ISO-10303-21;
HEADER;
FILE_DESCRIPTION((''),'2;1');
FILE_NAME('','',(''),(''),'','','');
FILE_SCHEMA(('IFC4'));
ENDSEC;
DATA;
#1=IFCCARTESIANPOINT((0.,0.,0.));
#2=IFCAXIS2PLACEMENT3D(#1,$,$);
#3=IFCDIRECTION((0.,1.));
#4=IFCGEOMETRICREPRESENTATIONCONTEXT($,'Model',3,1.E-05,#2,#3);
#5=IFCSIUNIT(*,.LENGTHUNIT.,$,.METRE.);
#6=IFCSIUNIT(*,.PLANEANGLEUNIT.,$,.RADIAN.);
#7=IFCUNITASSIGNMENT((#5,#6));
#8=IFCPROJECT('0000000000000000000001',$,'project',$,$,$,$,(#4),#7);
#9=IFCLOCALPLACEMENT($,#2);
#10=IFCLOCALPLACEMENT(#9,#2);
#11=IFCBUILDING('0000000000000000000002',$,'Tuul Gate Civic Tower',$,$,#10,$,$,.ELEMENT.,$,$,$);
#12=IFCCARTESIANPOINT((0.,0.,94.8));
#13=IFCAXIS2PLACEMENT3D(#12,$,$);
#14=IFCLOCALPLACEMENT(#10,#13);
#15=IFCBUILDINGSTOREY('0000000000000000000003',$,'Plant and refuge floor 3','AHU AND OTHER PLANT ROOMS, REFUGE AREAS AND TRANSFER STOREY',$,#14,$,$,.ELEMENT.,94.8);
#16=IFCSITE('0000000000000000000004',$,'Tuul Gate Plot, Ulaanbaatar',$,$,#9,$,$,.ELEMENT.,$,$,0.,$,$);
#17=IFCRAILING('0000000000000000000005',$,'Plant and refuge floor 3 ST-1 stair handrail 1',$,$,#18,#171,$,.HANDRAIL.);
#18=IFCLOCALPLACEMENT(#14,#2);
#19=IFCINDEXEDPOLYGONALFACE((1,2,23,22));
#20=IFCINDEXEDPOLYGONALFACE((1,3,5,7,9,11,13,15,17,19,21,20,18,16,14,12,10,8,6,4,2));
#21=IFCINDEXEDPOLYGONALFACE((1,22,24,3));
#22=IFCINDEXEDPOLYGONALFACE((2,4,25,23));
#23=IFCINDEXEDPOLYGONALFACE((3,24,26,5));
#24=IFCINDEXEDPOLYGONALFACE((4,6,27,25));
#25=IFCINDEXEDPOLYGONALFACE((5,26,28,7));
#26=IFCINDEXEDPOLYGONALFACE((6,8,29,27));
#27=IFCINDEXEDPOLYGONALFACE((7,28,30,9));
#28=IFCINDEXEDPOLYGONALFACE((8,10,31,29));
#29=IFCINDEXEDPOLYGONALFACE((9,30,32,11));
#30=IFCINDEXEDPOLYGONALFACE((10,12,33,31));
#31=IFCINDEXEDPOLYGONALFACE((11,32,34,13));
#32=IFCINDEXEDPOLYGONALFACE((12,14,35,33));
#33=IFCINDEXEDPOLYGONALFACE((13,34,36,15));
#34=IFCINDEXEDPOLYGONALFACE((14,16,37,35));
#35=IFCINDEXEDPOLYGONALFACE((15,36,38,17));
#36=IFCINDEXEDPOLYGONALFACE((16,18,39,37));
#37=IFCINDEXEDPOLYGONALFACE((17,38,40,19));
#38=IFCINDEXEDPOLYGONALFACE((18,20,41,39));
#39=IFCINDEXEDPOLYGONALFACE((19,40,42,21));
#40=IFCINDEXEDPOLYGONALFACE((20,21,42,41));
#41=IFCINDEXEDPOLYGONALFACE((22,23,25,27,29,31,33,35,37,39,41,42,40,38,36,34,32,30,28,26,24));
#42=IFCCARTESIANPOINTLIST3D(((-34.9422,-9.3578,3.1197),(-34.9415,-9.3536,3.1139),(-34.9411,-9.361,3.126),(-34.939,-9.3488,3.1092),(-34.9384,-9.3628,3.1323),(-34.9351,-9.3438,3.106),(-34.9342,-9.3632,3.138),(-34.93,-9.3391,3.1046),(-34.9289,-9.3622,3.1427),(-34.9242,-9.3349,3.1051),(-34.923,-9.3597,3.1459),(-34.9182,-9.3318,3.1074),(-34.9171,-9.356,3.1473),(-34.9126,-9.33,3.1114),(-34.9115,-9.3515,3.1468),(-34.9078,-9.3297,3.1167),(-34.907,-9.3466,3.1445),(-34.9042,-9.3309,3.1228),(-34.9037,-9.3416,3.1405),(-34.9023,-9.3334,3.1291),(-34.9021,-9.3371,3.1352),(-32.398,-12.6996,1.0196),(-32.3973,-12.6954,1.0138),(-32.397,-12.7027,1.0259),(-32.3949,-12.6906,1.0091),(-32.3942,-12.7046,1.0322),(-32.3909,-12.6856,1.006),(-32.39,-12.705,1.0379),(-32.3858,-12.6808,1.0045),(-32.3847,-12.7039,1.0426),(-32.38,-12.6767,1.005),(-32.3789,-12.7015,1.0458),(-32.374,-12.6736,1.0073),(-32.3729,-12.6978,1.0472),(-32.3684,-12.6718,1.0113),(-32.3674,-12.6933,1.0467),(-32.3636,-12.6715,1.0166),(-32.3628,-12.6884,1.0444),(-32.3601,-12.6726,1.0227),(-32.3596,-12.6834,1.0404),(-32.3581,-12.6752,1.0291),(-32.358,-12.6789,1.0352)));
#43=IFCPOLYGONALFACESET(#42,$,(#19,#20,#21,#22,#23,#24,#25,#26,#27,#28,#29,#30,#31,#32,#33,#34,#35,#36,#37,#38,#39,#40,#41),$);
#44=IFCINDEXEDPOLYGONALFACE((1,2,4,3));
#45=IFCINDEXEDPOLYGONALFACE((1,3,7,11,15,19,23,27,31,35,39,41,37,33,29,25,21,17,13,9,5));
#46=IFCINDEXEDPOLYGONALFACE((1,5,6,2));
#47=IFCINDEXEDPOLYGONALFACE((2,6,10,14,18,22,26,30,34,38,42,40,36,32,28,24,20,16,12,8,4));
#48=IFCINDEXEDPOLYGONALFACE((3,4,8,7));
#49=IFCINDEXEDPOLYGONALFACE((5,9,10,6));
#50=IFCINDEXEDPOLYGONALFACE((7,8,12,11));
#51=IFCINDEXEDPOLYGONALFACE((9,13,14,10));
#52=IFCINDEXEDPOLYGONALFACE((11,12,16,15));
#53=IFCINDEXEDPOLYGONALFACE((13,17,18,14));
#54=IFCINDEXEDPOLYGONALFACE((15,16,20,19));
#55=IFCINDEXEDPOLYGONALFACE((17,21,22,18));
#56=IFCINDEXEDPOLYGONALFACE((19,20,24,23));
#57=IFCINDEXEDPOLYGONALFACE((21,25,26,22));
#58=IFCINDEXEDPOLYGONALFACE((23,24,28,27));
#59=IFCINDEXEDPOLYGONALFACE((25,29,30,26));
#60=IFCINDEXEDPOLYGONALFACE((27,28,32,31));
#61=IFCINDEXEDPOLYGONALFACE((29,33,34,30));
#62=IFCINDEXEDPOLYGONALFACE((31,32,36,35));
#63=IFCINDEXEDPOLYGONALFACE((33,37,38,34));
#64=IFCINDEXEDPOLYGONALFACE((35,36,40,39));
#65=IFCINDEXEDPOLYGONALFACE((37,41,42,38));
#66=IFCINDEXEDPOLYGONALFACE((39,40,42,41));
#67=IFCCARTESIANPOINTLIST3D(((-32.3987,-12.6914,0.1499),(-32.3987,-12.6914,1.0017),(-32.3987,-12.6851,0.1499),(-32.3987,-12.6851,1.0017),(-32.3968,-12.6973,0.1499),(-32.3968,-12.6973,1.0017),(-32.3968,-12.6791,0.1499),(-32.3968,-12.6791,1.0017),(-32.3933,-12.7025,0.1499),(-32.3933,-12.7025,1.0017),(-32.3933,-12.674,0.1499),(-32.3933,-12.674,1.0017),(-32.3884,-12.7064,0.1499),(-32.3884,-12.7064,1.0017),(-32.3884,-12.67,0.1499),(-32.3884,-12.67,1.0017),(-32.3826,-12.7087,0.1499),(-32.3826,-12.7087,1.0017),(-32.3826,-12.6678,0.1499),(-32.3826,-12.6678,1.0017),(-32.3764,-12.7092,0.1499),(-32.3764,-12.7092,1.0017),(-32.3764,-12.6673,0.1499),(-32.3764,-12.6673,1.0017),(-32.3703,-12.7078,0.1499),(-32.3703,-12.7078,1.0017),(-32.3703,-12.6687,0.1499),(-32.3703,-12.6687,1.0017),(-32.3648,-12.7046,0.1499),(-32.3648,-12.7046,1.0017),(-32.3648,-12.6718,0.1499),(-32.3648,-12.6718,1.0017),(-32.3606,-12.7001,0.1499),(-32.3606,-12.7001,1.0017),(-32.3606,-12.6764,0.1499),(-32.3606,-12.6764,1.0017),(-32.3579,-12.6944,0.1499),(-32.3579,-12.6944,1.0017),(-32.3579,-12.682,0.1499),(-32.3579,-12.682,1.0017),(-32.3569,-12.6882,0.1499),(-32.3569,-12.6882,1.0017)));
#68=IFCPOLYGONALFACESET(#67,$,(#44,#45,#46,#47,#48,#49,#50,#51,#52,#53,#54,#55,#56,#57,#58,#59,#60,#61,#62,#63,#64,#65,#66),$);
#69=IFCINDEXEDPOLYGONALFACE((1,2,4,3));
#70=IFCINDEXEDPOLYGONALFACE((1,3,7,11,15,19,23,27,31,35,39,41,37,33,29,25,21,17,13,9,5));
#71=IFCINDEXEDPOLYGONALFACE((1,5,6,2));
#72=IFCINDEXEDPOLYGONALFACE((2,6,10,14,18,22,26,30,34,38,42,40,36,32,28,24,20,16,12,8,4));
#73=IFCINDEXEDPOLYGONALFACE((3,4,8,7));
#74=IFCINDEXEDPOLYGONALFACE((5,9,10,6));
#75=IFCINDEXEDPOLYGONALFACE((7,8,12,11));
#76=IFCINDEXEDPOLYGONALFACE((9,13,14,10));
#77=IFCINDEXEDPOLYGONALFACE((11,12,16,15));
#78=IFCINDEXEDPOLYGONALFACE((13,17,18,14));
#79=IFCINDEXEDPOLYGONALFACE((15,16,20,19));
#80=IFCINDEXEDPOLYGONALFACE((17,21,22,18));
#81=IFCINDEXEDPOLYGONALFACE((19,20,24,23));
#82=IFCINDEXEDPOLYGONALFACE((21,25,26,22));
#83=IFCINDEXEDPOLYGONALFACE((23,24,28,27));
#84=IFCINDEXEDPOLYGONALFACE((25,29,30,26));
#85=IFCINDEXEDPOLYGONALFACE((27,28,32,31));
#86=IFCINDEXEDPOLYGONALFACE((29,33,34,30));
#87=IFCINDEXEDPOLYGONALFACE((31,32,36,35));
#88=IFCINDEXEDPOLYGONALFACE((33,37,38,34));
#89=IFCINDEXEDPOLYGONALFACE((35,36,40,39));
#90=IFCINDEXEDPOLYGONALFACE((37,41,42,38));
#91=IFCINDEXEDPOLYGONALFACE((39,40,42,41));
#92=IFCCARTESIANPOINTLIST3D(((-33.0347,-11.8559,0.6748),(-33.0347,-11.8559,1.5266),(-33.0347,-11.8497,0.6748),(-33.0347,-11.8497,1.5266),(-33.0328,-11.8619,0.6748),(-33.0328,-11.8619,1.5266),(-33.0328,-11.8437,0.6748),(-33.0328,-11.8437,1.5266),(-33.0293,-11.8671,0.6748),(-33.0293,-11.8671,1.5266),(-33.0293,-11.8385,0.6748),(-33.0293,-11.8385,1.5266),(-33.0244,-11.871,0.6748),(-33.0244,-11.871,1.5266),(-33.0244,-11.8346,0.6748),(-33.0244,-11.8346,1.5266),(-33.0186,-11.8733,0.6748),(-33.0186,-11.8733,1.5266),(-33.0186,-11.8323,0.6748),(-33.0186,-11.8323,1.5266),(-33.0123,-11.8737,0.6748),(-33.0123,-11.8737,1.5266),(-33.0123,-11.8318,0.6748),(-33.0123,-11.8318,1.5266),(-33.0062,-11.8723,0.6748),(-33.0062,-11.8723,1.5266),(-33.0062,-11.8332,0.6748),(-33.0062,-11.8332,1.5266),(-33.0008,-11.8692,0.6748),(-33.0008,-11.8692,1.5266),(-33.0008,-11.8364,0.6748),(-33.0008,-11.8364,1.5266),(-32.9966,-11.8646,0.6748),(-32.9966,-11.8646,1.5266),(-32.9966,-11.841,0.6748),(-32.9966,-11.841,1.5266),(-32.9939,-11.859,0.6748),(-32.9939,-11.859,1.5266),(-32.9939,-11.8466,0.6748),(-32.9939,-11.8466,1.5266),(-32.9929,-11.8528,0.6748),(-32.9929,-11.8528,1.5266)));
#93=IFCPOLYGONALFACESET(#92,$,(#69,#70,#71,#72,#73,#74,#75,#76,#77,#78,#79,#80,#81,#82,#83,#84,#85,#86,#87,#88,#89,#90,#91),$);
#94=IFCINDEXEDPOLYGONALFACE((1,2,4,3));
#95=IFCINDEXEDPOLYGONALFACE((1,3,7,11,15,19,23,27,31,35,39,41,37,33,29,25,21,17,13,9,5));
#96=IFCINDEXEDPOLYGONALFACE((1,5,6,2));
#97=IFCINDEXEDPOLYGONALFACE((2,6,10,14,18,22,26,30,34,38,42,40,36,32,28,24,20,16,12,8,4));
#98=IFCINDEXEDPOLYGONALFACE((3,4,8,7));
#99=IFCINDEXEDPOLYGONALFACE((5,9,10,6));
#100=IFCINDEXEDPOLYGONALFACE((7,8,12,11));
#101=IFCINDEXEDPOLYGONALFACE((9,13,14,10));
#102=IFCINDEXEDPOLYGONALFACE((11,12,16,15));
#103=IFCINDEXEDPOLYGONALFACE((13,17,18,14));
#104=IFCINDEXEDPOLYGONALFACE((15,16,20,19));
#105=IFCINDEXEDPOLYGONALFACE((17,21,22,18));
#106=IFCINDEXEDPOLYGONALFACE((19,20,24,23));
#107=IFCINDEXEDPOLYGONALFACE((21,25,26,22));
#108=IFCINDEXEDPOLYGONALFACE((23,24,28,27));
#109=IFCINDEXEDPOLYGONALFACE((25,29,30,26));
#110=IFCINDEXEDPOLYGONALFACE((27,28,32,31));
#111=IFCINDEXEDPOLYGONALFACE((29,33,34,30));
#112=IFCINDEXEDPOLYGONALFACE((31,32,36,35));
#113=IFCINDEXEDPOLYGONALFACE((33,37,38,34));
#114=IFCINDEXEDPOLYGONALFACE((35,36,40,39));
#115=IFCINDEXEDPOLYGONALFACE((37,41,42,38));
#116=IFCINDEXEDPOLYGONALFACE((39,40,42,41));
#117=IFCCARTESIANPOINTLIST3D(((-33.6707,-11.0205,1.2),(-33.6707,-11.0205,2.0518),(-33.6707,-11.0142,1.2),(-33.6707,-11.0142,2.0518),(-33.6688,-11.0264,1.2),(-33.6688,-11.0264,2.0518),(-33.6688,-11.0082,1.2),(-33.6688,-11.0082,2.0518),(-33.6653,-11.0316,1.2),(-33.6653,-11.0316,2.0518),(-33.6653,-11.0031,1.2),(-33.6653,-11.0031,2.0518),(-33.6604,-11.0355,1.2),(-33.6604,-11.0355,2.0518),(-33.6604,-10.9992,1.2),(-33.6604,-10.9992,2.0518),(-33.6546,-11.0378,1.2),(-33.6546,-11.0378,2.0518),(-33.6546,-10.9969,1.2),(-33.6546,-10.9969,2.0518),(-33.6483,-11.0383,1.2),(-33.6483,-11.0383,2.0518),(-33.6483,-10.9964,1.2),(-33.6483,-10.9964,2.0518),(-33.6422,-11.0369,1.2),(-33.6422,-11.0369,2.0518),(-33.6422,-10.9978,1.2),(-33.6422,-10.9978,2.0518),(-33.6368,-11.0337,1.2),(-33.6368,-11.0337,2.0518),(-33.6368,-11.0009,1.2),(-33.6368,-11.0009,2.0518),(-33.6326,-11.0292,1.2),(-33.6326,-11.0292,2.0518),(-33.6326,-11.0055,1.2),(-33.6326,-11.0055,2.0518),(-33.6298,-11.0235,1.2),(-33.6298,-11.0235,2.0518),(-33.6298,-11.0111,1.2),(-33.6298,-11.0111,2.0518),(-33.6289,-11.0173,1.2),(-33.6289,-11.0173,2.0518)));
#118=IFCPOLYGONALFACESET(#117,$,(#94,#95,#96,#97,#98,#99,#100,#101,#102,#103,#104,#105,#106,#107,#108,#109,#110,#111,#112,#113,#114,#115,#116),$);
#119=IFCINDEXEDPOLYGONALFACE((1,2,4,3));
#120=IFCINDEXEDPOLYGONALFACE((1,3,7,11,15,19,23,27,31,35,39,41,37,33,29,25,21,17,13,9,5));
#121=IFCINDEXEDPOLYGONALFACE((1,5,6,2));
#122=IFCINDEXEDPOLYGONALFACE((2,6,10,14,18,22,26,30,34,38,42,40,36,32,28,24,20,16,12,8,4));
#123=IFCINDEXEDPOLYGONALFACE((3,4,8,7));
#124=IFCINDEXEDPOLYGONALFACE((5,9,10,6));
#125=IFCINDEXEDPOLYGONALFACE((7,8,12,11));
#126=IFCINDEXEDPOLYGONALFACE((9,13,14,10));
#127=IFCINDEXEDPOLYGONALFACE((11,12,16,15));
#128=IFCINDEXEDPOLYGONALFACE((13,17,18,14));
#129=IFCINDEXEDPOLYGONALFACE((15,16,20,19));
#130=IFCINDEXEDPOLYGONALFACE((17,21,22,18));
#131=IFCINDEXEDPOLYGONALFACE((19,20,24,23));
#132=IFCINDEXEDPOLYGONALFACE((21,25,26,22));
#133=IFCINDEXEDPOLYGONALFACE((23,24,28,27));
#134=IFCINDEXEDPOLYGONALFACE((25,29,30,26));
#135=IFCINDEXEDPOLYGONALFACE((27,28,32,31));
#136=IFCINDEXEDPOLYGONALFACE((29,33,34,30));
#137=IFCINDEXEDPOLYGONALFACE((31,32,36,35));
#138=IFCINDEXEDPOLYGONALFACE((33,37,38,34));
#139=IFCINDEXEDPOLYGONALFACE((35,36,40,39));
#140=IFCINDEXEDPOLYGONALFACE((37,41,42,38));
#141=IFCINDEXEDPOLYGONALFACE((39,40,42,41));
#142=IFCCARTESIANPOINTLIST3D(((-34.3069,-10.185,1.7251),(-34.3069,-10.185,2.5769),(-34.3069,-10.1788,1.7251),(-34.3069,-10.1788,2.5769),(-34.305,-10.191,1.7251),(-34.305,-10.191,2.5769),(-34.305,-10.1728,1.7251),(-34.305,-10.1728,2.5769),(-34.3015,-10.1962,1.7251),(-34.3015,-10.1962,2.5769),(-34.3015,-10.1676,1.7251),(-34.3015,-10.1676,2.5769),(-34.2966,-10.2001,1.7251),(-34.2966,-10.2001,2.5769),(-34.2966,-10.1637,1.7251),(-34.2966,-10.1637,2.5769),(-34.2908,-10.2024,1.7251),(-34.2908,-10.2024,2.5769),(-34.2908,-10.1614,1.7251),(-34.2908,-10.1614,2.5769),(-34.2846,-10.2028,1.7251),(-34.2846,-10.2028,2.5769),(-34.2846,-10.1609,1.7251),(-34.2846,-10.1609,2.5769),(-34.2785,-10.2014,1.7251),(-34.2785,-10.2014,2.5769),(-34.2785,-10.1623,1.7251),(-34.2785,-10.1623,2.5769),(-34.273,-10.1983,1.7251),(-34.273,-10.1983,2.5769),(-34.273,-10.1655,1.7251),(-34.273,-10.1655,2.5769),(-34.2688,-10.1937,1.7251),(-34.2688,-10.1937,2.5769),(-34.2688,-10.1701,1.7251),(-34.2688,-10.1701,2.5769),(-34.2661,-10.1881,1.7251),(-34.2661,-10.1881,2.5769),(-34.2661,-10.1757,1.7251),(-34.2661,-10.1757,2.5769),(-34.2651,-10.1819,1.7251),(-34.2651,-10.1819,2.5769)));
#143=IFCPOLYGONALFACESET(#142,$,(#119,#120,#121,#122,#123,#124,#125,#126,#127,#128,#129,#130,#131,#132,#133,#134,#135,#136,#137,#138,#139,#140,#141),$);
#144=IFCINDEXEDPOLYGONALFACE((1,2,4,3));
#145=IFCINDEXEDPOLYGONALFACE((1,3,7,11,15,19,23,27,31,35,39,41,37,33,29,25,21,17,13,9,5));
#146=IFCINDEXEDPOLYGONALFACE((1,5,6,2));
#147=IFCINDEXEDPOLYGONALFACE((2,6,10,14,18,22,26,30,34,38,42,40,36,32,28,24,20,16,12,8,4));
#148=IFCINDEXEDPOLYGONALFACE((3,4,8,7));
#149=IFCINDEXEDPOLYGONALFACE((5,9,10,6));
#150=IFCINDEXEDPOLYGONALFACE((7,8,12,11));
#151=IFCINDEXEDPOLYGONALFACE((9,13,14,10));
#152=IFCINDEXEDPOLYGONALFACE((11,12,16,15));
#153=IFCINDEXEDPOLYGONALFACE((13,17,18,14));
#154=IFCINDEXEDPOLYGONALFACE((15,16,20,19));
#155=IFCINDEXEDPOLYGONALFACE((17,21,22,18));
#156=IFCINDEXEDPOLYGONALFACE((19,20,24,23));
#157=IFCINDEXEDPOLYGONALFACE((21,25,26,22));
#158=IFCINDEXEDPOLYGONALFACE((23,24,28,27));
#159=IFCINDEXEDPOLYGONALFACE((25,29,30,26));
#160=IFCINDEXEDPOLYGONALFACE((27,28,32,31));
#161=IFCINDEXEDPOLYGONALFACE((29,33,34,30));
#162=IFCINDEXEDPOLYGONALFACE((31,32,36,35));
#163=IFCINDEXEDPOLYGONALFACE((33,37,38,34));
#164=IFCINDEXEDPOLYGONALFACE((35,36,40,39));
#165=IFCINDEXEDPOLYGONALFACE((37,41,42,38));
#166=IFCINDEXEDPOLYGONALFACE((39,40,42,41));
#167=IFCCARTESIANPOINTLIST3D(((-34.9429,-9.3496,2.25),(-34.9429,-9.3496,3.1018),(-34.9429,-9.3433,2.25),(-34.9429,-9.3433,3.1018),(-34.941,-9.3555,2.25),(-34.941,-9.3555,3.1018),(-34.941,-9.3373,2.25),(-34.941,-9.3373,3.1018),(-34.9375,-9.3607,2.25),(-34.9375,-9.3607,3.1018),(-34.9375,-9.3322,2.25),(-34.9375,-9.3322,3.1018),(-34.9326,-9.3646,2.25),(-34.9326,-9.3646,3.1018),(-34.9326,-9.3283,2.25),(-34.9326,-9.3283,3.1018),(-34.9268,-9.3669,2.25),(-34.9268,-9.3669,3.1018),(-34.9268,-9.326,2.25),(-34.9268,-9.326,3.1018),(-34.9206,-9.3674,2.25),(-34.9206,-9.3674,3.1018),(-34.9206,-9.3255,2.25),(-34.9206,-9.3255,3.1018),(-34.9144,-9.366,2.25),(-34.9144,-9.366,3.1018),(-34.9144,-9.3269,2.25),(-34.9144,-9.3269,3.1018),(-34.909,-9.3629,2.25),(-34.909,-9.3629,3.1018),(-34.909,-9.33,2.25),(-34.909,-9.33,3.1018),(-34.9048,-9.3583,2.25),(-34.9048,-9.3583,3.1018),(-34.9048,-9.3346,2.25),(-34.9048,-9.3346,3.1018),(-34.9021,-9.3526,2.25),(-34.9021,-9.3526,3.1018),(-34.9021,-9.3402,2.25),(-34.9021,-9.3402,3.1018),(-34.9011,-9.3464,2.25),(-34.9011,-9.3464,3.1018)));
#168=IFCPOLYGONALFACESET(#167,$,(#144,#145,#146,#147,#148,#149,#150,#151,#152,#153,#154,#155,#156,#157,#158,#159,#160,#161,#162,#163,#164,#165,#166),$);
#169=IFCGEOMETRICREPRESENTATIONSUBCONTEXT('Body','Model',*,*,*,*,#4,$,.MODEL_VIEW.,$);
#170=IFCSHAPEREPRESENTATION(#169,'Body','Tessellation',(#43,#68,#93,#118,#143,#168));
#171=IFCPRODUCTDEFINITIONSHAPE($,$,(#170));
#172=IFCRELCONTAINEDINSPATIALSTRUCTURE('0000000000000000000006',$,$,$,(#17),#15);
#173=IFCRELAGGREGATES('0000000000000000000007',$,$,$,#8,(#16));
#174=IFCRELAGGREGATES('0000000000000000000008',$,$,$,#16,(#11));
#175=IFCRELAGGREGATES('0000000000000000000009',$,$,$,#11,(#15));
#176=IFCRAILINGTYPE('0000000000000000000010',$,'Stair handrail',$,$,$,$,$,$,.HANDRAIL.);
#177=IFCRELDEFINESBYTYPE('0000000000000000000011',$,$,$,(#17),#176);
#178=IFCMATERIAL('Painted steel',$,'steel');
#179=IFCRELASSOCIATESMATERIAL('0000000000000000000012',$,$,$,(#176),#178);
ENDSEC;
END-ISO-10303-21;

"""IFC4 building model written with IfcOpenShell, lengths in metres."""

from ifc_helpers import new_model, si_unit, direction, frame, origin, origin_2d, place, context, subcontext, project, spatial, circle, extrude, material, type_object, element, save


model = new_model("IFC4")

# Units and contexts
model_context = context("Model", 3, precision=1e-05, world=origin(), true_north=direction((0.0, 1.0)))
body_context = subcontext(model_context, "Body", "Model", "MODEL_VIEW")
ifc_project = project(units=[si_unit("LENGTHUNIT", "METRE"), si_unit("PLANEANGLEUNIT", "RADIAN")], contexts=[model_context])

# Site, building, storey
site_placement = place(None, origin())
site = spatial("IfcSite", under=ifc_project, at=site_placement, Name="Tuul Gate Plot, Ulaanbaatar", CompositionType="ELEMENT", RefElevation=0.0)
building_placement = place(site_placement, origin())
building = spatial("IfcBuilding", under=site, at=building_placement, Name="Tuul Gate Civic Tower", CompositionType="ELEMENT")
storey_placement = place(building_placement, frame((0.0, 0.0, 94.8)))
storey = spatial("IfcBuildingStorey", under=building, at=storey_placement, Name="Plant and refuge floor 3", Description="AHU AND OTHER PLANT ROOMS, REFUGE AREAS AND TRANSFER STOREY", CompositionType="ELEMENT", Elevation=94.8)

# Railing
ifc_material_1 = material(Name="Painted steel", Category="steel")
railing_type_1 = type_object("IfcRailingType", Name="Stair handrail", PredefinedType="HANDRAIL", material=ifc_material_1)
railing_1_placement = place(storey_placement, frame((-32.3779, -12.6882, 0.1499)))
element("IfcRailing", 1, at=railing_1_placement, inside=storey, type_object=railing_type_1, Name="Plant and refuge floor 3 ST-1 stair handrail 1", PredefinedType="HANDRAIL", context=body_context, shape_type="SweptSolid", body=[
    extrude(circle(Radius=0.0239, at=origin_2d()), frame((0.0, 0.0, 0.876), z_axis=(-0.541796, 0.71165, 0.447225), x_axis=(-0.795655, -0.605751, 0.0)), (0.0, 0.0, 1.0), 4.6958),
    extrude(circle(Radius=0.021, at=origin_2d()), origin(), (0.0, 0.0, 1.0), 0.8518),
    extrude(circle(Radius=0.021, at=origin_2d()), frame((-0.636, 0.8354, 0.5249)), (0.0, 0.0, 1.0), 0.8518),
    extrude(circle(Radius=0.021, at=origin_2d()), frame((-1.272, 1.6709, 1.05)), (0.0, 0.0, 1.0), 0.8518),
    extrude(circle(Radius=0.021, at=origin_2d()), frame((-1.9082, 2.5063, 1.5752)), (0.0, 0.0, 1.0), 0.8518),
    extrude(circle(Radius=0.021, at=origin_2d()), frame((-2.5442, 3.3418, 2.1001)), (0.0, 0.0, 1.0), 0.8518),
])

save(model, "model.ifc")
